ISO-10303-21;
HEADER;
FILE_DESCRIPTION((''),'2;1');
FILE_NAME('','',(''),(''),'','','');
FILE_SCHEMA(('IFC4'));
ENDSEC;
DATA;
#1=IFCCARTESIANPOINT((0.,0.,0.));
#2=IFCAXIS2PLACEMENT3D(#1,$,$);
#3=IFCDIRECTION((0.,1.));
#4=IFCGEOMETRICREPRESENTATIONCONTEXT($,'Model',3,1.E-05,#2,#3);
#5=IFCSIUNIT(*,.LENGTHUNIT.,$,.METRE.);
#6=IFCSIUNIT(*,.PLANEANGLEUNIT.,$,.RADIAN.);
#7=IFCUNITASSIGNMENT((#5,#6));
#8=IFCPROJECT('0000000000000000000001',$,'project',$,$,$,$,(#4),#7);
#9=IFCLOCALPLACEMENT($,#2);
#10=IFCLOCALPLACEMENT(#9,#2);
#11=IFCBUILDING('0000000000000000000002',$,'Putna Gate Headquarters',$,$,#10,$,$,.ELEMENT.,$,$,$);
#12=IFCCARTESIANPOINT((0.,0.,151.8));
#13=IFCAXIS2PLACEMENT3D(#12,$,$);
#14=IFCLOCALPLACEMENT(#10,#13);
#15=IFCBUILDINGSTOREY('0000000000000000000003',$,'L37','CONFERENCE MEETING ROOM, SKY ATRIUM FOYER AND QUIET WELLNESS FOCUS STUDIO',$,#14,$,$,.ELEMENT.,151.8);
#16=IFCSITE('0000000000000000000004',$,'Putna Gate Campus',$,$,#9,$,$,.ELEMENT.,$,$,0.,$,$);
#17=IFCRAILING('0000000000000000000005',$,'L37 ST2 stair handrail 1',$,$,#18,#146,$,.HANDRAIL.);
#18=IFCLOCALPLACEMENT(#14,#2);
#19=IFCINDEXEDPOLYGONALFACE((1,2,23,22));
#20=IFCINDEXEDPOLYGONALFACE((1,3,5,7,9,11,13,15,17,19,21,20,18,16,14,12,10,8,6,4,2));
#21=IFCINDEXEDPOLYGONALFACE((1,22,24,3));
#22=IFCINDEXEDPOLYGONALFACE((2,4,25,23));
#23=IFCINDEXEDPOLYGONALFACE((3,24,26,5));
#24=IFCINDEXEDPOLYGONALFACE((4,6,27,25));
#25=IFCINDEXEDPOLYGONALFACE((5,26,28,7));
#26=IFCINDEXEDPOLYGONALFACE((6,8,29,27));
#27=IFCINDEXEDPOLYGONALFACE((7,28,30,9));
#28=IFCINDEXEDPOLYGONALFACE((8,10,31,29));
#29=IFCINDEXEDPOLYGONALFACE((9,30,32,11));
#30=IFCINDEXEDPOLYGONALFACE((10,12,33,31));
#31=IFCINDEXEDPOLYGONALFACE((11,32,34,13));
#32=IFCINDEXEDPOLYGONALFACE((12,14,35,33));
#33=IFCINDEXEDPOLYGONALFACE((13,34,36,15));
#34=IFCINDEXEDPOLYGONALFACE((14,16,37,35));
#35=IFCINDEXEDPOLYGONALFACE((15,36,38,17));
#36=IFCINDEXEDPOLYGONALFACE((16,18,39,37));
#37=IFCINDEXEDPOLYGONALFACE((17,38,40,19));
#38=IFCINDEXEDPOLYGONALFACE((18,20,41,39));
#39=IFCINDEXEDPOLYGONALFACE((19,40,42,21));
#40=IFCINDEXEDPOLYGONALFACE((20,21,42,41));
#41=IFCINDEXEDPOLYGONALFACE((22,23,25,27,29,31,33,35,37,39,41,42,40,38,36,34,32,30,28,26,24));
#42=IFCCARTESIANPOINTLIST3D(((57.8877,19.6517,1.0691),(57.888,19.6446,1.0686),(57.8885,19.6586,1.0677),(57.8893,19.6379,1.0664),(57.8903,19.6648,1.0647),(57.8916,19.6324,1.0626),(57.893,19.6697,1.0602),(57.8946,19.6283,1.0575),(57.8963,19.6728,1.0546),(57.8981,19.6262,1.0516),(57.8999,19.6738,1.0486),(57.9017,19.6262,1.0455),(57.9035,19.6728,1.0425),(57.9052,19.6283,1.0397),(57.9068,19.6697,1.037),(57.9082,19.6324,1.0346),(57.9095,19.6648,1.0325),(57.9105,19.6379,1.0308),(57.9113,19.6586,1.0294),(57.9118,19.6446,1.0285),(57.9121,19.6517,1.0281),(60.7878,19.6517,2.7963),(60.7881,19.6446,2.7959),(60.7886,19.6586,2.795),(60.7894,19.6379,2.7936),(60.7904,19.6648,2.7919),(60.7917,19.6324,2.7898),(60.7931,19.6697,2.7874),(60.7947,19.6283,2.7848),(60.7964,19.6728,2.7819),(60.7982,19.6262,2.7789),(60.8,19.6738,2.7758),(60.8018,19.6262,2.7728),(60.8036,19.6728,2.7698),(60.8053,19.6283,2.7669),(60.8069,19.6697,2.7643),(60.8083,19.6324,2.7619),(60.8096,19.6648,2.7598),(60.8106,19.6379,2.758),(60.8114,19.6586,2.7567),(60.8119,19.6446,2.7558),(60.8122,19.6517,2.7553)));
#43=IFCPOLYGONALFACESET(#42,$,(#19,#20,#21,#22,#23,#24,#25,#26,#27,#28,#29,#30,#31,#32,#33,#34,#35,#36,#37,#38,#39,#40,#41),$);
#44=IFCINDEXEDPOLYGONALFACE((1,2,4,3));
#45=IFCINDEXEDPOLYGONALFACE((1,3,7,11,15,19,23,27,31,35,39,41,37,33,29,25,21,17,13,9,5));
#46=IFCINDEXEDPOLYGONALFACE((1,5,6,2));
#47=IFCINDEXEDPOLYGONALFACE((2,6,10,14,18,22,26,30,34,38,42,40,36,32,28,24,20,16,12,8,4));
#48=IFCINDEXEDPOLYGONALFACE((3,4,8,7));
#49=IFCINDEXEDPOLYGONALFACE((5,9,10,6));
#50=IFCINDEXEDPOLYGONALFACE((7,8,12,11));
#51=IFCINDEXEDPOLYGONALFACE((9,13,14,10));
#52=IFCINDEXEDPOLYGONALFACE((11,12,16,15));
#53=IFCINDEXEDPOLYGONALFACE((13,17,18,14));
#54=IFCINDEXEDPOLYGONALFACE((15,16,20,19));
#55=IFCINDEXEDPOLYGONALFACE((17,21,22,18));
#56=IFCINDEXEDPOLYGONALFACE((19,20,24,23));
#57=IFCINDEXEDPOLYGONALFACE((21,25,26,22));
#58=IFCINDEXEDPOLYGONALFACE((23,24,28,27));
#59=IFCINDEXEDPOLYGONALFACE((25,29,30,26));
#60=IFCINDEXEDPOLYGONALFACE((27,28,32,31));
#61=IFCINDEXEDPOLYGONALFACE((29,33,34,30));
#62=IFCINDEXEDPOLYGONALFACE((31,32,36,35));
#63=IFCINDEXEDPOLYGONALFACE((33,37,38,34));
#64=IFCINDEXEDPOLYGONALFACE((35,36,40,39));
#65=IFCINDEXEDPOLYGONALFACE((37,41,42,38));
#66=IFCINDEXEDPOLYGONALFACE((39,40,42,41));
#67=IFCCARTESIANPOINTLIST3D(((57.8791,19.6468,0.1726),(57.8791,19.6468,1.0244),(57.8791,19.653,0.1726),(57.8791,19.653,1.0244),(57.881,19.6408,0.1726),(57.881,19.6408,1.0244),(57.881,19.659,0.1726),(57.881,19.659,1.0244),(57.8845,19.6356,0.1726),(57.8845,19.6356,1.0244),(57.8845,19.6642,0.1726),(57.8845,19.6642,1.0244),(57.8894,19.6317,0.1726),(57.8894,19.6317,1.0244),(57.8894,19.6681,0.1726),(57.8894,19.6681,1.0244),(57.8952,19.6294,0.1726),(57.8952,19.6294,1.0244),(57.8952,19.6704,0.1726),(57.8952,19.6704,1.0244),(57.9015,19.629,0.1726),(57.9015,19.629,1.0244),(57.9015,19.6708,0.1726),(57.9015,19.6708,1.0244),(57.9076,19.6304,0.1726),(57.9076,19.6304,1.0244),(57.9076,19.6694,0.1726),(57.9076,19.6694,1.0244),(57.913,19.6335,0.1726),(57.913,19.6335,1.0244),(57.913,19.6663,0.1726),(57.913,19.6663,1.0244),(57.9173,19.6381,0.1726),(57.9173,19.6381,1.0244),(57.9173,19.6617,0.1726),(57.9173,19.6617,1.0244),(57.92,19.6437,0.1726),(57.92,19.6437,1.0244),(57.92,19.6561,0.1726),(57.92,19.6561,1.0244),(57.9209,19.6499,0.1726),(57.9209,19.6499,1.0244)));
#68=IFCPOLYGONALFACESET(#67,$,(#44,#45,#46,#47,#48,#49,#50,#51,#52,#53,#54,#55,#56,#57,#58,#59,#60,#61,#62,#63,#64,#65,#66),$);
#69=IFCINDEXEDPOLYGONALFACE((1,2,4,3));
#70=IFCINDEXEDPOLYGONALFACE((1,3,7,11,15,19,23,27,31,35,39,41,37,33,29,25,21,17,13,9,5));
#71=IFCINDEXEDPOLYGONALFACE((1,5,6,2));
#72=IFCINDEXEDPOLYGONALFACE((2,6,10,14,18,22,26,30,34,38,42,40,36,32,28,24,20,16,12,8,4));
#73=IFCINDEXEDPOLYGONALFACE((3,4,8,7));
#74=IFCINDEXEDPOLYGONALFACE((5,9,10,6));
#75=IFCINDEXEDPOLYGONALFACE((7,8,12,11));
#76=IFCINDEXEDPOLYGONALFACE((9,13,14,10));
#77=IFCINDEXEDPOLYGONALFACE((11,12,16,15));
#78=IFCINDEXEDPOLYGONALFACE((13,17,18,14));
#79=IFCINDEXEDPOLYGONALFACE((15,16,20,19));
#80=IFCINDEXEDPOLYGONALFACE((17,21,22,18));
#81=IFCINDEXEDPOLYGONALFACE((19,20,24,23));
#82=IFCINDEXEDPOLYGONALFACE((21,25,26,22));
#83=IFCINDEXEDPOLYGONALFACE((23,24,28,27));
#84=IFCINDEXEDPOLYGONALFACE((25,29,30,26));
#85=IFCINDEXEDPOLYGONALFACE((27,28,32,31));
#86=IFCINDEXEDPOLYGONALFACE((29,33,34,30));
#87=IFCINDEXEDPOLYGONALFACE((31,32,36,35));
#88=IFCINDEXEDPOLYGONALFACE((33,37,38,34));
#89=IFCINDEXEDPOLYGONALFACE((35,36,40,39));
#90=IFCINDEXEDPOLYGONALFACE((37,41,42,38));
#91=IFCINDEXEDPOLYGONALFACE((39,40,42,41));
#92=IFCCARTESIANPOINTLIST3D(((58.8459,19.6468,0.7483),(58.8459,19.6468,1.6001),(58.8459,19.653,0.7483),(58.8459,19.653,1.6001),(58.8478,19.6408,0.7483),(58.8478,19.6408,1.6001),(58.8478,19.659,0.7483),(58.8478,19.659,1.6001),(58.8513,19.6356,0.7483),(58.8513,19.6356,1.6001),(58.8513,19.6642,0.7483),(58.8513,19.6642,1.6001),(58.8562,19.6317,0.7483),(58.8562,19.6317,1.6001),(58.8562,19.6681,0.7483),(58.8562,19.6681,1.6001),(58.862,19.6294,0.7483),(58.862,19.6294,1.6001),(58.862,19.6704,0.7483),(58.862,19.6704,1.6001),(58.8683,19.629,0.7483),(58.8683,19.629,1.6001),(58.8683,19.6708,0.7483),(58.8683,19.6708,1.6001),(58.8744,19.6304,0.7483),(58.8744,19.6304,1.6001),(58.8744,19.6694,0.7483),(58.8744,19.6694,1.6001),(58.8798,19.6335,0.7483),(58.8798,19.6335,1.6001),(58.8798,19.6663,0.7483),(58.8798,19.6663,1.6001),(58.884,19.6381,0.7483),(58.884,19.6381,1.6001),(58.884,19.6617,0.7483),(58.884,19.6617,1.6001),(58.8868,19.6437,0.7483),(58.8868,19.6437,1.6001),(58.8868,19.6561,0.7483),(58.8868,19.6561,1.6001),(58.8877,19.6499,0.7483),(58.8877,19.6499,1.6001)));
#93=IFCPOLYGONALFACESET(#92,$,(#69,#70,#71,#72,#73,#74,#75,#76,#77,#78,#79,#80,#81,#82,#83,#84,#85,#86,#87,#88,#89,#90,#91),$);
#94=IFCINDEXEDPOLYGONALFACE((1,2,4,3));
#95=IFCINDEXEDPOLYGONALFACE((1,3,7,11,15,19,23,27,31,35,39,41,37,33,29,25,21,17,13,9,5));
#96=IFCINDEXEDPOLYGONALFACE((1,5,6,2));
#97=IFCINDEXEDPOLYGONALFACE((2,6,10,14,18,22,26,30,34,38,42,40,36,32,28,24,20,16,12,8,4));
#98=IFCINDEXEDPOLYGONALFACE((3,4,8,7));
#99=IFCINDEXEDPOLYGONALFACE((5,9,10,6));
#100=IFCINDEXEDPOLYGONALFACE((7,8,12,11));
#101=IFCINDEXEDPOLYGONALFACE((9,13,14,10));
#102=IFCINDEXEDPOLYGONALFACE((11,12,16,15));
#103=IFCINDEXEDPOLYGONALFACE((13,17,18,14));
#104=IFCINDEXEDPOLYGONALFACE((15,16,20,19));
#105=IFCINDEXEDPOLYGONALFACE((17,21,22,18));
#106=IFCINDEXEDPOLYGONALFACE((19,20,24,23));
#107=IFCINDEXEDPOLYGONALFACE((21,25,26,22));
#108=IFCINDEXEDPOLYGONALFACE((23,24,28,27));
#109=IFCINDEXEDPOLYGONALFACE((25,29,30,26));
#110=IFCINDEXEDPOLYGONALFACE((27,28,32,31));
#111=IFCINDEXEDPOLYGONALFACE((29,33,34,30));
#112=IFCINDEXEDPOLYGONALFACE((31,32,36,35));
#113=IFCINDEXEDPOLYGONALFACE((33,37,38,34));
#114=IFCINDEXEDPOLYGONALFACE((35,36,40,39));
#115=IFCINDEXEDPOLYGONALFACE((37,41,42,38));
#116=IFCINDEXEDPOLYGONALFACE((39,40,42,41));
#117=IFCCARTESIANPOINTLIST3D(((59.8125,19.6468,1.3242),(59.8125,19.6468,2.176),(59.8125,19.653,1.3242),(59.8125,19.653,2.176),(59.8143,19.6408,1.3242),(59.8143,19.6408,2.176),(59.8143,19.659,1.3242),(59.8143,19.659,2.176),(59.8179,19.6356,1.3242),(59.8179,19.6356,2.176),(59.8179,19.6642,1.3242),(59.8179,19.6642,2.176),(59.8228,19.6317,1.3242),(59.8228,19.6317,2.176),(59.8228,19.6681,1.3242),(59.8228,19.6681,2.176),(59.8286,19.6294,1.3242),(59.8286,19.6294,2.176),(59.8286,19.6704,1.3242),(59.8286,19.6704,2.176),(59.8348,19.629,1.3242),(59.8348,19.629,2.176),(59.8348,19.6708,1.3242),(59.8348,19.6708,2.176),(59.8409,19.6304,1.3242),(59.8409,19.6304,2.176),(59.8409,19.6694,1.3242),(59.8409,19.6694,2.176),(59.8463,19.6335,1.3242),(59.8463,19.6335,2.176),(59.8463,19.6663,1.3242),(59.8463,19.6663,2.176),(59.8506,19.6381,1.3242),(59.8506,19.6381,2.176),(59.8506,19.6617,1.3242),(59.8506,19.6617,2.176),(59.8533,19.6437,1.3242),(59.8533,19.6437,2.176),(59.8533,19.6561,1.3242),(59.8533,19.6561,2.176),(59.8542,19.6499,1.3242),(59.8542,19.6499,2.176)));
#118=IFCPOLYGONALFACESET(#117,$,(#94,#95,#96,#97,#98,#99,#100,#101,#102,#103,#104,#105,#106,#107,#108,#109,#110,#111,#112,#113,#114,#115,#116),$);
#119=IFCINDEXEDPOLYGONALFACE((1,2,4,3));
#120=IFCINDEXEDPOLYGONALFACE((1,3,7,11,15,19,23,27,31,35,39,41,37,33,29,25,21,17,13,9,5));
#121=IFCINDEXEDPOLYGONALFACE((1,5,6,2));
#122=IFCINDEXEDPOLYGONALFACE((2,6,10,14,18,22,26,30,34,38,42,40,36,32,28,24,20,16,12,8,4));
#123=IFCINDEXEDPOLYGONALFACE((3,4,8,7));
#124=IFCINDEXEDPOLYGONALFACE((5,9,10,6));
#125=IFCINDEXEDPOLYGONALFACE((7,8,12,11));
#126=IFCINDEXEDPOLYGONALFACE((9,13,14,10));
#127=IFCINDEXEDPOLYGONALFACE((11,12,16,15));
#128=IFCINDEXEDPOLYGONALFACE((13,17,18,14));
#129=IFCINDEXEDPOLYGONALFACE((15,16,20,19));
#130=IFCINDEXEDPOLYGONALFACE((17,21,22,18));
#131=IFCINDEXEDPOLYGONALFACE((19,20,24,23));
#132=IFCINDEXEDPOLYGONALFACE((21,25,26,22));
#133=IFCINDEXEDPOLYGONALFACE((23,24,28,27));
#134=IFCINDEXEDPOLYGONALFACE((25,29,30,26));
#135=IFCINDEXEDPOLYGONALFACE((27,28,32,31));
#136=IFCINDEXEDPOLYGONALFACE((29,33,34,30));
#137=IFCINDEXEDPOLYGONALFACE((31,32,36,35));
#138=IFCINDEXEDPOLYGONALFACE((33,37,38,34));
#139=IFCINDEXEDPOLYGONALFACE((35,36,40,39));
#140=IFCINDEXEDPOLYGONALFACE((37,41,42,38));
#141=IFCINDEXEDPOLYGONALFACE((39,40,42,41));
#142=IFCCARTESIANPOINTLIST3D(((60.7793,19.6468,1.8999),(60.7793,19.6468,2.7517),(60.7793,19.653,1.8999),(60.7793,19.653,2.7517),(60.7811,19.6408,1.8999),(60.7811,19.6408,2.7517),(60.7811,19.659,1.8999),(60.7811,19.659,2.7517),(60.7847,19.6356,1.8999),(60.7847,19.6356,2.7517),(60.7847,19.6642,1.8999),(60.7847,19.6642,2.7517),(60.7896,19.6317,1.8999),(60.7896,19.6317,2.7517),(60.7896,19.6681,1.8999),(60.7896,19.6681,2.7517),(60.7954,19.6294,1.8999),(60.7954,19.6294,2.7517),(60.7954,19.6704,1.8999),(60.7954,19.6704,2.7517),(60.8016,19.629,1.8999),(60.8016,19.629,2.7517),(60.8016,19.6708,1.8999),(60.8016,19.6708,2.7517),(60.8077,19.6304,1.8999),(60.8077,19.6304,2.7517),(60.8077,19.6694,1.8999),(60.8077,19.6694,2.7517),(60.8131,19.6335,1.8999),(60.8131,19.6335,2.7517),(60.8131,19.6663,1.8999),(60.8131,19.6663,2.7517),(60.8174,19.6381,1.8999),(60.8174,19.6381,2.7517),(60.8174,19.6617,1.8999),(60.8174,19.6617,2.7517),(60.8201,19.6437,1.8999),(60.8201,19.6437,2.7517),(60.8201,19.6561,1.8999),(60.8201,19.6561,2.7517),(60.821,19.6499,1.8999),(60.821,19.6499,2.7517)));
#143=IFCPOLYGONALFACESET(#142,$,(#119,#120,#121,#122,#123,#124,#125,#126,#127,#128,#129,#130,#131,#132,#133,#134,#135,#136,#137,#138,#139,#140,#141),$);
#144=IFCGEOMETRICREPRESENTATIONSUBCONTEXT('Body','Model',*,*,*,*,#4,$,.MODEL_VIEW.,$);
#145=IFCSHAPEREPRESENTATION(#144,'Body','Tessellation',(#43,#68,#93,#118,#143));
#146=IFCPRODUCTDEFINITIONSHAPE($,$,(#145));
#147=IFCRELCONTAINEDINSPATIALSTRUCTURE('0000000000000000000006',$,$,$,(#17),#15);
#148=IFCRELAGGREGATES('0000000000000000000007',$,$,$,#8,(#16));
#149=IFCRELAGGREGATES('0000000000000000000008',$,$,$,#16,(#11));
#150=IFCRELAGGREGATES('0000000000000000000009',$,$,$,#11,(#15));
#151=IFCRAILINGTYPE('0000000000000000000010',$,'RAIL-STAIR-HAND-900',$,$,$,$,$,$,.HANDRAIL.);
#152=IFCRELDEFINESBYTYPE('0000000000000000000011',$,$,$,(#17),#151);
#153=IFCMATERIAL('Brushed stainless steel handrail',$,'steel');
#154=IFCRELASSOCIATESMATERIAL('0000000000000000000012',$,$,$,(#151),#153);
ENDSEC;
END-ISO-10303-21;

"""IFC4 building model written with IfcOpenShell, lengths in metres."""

from ifc_helpers import new_model, si_unit, direction, frame, origin, origin_2d, place, context, subcontext, project, spatial, circle, extrude, material, type_object, element, save


model = new_model("IFC4")

# Units and contexts
model_context = context("Model", 3, precision=1e-05, world=origin(), true_north=direction((0.0, 1.0)))
body_context = subcontext(model_context, "Body", "Model", "MODEL_VIEW")
ifc_project = project(units=[si_unit("LENGTHUNIT", "METRE"), si_unit("PLANEANGLEUNIT", "RADIAN")], contexts=[model_context])

# Site, building, storey
site_placement = place(None, origin())
site = spatial("IfcSite", under=ifc_project, at=site_placement, Name="Putna Gate Campus", CompositionType="ELEMENT", RefElevation=0.0)
building_placement = place(site_placement, origin())
building = spatial("IfcBuilding", under=site, at=building_placement, Name="Putna Gate Headquarters", CompositionType="ELEMENT")
storey_placement = place(building_placement, frame((0.0, 0.0, 151.8)))
storey = spatial("IfcBuildingStorey", under=building, at=storey_placement, Name="L37", Description="CONFERENCE MEETING ROOM, SKY ATRIUM FOYER AND QUIET WELLNESS FOCUS STUDIO", CompositionType="ELEMENT", Elevation=151.8)

# Railing
ifc_material_1 = material(Name="Brushed stainless steel handrail", Category="steel")
railing_type_1 = type_object("IfcRailingType", Name="RAIL-STAIR-HAND-900", PredefinedType="HANDRAIL", material=ifc_material_1)
railing_1_placement = place(storey_placement, frame((57.8999, 19.6499, 0.1726)))
element("IfcRailing", 1, at=railing_1_placement, inside=storey, type_object=railing_type_1, Name="L37 ST2 stair handrail 1", PredefinedType="HANDRAIL", context=body_context, shape_type="SweptSolid", body=[
    extrude(circle(Radius=0.0239, at=origin_2d()), frame((0.0, 0.0, 0.876), z_axis=(0.85916, 0.0, 0.511706), x_axis=(0.0, 1.0, 0.0)), (0.0, 0.0, 1.0), 3.3755),
    extrude(circle(Radius=0.021, at=origin_2d()), origin(), (0.0, 0.0, 1.0), 0.8518),
    extrude(circle(Radius=0.021, at=origin_2d()), frame((0.9668, 0.0, 0.5757)), (0.0, 0.0, 1.0), 0.8518),
    extrude(circle(Radius=0.021, at=origin_2d()), frame((1.9333, 0.0, 1.1516)), (0.0, 0.0, 1.0), 0.8518),
    extrude(circle(Radius=0.021, at=origin_2d()), frame((2.9001, 0.0, 1.7273)), (0.0, 0.0, 1.0), 0.8518),
])

save(model, "model.ifc")
